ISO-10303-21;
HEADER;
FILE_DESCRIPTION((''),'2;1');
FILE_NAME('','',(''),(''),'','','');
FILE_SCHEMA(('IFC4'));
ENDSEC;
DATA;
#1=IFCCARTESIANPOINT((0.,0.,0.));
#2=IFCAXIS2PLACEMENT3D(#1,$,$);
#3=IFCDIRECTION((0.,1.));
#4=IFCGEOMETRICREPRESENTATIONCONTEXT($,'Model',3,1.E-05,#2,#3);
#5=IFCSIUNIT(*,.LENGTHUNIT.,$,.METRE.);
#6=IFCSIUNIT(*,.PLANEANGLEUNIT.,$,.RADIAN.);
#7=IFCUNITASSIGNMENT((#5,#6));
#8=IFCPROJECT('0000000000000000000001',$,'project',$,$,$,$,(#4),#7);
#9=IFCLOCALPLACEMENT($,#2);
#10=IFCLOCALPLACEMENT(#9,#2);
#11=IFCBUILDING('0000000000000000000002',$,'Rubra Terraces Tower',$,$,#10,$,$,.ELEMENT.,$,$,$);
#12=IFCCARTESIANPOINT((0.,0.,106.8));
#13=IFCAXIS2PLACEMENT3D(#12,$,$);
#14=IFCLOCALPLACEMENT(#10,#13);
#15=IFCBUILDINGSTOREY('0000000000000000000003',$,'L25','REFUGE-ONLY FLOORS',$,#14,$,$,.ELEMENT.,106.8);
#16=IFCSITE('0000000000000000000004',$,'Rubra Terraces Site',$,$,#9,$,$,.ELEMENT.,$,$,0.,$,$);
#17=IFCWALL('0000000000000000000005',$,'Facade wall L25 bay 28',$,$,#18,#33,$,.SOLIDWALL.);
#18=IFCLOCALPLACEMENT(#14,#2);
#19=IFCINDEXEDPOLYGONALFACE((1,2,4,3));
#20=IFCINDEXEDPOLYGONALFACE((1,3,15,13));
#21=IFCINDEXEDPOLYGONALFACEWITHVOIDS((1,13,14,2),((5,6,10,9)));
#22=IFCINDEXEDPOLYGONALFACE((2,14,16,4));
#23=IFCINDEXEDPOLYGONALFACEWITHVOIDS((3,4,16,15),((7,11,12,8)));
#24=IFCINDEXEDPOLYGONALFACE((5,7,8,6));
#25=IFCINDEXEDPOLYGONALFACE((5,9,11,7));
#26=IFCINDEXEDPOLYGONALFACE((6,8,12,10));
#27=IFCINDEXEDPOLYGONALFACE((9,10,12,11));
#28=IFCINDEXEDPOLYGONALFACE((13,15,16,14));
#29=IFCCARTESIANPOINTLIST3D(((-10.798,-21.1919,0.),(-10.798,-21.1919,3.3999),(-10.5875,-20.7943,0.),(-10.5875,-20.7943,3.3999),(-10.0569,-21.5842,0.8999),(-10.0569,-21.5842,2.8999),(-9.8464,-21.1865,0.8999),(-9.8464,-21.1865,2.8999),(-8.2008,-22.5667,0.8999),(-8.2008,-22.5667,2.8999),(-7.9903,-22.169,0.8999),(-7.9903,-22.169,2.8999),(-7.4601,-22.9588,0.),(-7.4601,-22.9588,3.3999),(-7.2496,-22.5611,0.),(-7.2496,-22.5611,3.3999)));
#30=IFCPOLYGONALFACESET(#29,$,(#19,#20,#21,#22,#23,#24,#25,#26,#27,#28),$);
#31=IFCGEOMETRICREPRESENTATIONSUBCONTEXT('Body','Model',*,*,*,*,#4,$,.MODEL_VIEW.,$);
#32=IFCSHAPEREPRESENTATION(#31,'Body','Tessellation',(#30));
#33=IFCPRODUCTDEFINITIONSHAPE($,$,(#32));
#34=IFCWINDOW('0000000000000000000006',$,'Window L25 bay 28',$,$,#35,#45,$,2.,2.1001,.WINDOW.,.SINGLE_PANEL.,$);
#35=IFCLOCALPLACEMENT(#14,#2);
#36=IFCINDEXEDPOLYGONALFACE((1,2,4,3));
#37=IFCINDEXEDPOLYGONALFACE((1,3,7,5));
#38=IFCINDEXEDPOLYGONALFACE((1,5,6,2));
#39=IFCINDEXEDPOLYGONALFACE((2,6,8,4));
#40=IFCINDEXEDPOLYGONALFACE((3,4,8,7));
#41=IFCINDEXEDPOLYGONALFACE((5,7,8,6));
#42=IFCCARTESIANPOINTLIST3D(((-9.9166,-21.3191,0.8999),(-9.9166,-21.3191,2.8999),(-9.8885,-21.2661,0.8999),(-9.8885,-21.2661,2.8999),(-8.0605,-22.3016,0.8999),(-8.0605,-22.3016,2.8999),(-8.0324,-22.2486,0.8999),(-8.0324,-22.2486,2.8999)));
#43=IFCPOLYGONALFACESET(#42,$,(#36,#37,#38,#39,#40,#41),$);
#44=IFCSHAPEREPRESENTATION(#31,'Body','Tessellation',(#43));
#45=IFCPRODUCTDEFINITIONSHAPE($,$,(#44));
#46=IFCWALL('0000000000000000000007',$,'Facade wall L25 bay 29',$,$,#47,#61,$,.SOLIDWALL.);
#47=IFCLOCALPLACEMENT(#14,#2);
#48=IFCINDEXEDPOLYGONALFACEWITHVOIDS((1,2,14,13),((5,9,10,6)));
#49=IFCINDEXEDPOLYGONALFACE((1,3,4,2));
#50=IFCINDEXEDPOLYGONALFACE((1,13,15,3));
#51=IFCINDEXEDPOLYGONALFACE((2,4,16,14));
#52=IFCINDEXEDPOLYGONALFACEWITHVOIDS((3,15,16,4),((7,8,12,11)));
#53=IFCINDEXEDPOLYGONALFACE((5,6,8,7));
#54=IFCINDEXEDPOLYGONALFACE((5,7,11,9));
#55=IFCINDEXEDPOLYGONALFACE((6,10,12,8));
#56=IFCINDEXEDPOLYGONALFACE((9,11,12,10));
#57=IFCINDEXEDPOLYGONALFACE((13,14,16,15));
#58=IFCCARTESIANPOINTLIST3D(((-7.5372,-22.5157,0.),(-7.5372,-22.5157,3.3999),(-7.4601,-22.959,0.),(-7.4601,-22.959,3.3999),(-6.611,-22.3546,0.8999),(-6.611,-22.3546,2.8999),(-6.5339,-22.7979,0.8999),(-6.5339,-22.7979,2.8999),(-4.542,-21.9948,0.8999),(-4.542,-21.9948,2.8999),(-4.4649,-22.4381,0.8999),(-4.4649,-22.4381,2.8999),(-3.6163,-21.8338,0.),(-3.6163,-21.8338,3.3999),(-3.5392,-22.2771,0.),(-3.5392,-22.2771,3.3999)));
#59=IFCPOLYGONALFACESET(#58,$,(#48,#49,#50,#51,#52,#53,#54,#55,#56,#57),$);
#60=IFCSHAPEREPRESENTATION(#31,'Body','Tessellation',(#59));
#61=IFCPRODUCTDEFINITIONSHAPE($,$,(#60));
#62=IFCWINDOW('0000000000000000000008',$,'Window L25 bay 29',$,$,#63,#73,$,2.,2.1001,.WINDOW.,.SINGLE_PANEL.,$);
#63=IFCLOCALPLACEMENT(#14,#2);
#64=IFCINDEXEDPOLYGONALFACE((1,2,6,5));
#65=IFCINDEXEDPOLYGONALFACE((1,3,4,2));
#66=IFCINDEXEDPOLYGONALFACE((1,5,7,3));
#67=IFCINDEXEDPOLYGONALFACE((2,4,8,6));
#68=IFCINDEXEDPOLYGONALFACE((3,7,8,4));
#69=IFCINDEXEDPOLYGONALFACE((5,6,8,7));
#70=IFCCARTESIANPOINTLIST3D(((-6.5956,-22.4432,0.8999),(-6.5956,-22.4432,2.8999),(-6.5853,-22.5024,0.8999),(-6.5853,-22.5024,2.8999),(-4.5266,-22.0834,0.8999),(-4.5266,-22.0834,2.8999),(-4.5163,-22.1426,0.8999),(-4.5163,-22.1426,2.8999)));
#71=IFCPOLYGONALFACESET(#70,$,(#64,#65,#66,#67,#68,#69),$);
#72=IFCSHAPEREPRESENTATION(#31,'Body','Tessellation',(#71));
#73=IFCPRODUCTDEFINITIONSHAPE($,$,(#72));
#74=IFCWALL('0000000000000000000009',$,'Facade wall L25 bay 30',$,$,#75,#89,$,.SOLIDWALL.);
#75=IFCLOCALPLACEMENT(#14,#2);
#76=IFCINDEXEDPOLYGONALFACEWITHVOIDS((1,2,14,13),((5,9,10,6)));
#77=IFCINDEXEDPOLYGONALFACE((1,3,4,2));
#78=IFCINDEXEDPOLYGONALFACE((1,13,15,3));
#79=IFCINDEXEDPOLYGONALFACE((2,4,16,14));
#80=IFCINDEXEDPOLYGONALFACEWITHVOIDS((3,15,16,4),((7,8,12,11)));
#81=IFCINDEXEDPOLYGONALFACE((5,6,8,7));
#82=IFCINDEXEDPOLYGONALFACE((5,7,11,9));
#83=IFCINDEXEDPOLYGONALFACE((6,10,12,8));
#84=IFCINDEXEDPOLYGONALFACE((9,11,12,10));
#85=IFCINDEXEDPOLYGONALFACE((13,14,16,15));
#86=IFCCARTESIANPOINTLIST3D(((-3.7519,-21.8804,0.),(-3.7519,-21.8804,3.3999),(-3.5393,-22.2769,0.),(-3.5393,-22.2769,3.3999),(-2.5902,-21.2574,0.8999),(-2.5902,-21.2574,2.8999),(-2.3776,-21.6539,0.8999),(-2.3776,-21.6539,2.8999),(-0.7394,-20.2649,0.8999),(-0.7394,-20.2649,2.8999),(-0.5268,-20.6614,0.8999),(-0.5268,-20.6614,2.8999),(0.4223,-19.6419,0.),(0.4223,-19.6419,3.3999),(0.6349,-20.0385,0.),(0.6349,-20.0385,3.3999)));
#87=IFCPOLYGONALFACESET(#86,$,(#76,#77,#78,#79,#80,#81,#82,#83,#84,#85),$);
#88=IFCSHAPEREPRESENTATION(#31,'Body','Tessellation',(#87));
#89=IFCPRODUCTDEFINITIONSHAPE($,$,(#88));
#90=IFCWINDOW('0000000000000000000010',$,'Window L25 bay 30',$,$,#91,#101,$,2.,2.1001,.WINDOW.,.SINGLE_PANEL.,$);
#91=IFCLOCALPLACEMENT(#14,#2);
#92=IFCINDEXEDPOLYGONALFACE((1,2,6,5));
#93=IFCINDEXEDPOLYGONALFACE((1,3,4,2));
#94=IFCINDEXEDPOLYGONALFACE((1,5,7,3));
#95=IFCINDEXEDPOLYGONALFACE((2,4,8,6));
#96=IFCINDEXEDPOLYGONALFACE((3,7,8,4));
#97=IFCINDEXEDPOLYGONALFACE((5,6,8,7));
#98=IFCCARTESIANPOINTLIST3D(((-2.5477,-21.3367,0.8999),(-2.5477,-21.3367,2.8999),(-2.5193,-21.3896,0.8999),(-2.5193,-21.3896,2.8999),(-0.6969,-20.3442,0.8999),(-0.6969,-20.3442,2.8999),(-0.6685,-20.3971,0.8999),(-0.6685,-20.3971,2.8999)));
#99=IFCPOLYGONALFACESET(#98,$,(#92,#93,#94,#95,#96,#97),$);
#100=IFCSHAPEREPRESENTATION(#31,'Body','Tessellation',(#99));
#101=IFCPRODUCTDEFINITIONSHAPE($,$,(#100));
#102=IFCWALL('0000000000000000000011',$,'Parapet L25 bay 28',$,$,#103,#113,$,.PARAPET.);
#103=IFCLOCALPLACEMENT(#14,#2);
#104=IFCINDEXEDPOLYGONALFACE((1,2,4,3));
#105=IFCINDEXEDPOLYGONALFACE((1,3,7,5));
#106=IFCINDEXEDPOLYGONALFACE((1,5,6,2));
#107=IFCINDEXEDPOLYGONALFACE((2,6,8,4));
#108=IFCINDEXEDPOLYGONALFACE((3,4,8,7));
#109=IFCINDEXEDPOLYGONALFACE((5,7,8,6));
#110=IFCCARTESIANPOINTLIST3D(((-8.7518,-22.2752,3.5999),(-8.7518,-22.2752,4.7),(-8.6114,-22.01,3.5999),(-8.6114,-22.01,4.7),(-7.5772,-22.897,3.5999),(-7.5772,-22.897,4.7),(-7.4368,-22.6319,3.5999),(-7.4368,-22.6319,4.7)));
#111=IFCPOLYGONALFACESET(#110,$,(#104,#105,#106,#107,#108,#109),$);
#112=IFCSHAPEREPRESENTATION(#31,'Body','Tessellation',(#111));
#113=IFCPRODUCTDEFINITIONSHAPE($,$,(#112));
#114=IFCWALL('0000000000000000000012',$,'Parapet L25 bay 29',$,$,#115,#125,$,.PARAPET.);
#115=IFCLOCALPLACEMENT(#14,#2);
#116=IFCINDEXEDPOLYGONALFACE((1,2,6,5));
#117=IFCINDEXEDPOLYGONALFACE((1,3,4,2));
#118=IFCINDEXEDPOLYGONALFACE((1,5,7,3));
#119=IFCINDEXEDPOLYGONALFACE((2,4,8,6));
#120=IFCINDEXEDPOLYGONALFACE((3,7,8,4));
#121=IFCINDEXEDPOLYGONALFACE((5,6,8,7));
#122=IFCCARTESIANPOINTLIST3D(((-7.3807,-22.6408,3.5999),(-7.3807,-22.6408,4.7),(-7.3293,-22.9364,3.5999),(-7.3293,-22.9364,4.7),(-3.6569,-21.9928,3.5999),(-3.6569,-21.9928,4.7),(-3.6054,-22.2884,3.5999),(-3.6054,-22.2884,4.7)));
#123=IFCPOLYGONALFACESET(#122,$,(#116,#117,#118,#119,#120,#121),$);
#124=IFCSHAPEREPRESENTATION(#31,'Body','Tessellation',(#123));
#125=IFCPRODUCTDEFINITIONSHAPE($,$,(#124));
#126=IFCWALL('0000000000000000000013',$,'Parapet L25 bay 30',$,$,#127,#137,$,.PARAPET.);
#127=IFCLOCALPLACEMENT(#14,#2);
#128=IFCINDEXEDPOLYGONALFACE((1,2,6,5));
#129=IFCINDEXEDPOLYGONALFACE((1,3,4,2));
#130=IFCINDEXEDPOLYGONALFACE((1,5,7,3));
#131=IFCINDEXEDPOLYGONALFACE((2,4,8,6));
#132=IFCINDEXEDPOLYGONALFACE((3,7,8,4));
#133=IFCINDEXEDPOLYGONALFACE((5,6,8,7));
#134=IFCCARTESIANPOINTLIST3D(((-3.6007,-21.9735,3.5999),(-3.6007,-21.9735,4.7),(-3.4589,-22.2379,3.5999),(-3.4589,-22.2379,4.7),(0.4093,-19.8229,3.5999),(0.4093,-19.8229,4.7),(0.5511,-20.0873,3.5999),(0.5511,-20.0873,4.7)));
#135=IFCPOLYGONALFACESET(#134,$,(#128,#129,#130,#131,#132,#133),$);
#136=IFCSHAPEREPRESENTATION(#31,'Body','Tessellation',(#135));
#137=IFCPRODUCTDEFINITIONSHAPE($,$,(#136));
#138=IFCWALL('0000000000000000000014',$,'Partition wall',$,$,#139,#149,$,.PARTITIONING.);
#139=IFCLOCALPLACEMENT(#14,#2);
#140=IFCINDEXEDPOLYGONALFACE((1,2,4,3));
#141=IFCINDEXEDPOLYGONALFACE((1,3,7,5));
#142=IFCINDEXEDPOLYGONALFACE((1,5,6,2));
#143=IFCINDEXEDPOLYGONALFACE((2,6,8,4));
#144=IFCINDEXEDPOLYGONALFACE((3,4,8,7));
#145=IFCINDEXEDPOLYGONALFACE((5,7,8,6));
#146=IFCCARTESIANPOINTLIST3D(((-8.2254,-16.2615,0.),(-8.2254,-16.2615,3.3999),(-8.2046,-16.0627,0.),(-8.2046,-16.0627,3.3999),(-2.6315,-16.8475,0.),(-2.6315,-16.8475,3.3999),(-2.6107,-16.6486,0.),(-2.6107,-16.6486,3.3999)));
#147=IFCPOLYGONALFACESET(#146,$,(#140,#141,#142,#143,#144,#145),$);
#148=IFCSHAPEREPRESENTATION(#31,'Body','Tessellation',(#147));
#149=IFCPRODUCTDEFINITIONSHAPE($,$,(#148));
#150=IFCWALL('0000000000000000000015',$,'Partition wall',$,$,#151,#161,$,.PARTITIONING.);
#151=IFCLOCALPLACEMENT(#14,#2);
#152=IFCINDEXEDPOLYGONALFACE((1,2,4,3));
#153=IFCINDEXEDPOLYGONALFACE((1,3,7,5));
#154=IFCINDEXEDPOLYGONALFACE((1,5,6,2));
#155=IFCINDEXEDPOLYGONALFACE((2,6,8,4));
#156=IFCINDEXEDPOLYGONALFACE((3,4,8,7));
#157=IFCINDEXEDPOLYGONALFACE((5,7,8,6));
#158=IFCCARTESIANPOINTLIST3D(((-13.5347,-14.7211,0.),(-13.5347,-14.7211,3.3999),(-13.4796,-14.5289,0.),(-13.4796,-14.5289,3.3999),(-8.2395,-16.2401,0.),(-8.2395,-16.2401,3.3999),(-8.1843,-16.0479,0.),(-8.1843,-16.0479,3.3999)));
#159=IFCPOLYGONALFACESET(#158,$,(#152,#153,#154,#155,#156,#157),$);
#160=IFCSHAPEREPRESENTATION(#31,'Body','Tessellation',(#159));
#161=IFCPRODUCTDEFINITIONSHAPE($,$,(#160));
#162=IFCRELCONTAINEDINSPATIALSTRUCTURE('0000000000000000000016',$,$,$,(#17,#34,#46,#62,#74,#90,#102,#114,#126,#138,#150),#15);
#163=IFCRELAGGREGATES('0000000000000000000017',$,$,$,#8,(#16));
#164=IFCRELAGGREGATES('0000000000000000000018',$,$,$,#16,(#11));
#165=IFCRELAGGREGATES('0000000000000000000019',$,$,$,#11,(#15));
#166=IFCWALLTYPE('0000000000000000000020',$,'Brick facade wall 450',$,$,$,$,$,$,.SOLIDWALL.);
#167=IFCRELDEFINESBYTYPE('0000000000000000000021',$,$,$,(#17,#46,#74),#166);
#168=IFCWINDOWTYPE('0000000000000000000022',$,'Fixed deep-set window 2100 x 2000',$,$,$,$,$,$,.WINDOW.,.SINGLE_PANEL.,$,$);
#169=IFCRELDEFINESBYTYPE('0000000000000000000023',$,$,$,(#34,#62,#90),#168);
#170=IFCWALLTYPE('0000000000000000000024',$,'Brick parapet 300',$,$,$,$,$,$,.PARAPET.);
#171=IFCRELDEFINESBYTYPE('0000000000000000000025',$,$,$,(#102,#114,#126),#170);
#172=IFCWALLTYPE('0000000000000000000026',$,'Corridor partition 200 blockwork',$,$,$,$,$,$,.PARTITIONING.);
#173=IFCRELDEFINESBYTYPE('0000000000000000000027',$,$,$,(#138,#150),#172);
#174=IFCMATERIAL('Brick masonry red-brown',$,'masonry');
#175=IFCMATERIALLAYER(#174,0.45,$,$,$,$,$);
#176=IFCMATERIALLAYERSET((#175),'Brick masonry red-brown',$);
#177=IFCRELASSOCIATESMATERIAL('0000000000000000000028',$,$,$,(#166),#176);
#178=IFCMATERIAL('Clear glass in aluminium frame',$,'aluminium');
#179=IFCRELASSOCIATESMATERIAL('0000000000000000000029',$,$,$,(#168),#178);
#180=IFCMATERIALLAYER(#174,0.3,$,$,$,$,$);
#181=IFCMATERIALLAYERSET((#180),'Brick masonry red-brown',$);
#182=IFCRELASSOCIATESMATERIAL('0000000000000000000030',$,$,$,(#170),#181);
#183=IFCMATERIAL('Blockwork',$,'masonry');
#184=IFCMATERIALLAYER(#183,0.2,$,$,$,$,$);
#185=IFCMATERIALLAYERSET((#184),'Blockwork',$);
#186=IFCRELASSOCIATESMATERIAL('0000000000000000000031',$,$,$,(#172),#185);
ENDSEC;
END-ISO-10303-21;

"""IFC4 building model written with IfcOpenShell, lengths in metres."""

from ifc_helpers import new_model, si_unit, direction, frame, frame_2d, origin, place, context, subcontext, project, spatial, rectangle, extrude, material, layer, layer_set, type_object, element, fill, save


model = new_model("IFC4")

# Units and contexts
model_context = context("Model", 3, precision=1e-05, world=origin(), true_north=direction((0.0, 1.0)))
body_context = subcontext(model_context, "Body", "Model", "MODEL_VIEW")
ifc_project = project(units=[si_unit("LENGTHUNIT", "METRE"), si_unit("PLANEANGLEUNIT", "RADIAN")], contexts=[model_context])

# Site, building, storey
site_placement = place(None, origin())
site = spatial("IfcSite", under=ifc_project, at=site_placement, Name="Rubra Terraces Site", CompositionType="ELEMENT", RefElevation=0.0)
building_placement = place(site_placement, origin())
building = spatial("IfcBuilding", under=site, at=building_placement, Name="Rubra Terraces Tower", CompositionType="ELEMENT")
storey_placement = place(building_placement, frame((0.0, 0.0, 106.8)))
storey = spatial("IfcBuildingStorey", under=building, at=storey_placement, Name="L25", Description="REFUGE-ONLY FLOORS", CompositionType="ELEMENT", Elevation=106.8)

# Walls, openings, windows
ifc_material_1 = material(Name="Brick masonry red-brown", Category="masonry")
ifc_layer_1 = layer(ifc_material_1, 0.45)
ifc_layer_set_1 = layer_set([ifc_layer_1], Name="Brick masonry red-brown")
wall_type_1 = type_object("IfcWallType", Name="Brick facade wall 450", PredefinedType="SOLIDWALL", material=ifc_layer_set_1)
wall_1_placement = place(storey_placement, frame((-10.6926, -20.9932, 0.0), z_axis=(0.0, 0.0, 1.0), x_axis=(0.883818, -0.467831, 0.0)))
wall_1 = element("IfcWall", 1, at=wall_1_placement, inside=storey, type_object=wall_type_1, Name="Facade wall L25 bay 28", PredefinedType="SOLIDWALL", context=body_context, shape_type="SweptSolid", body=[
    extrude(rectangle(XDim=3.7766, YDim=0.45, at=frame_2d((1.8882, 0.0))), origin(), (0.0, 0.0, 1.0), 3.3999),
])
opening_1_placement = place(wall_1_placement, frame((0.8384, 0.0, 0.8999)))
opening_1 = element("IfcOpeningElement", 2, at=opening_1_placement, cuts=wall_1, PredefinedType="OPENING", context=body_context, shape_type="SweptSolid", body=[
    extrude(rectangle(XDim=2.1001, YDim=2.0, at=frame_2d((1.05, 1.0))), frame((0.0, 0.2349, 0.0), z_axis=(0.0, -1.0, 0.0), x_axis=(1.0, 0.0, 0.0)), (0.0, 0.0, 1.0), 0.47),
])
ifc_material_2 = material(Name="Clear glass in aluminium frame", Category="aluminium")
window_type = type_object("IfcWindowType", Name="Fixed deep-set window 2100 x 2000", PartitioningType="SINGLE_PANEL", PredefinedType="WINDOW", material=ifc_material_2)
window_1_placement = place(opening_1_placement, origin())
window_1 = element("IfcWindow", 3, at=window_1_placement, inside=storey, type_object=window_type, Name="Window L25 bay 28", OverallHeight=2.0, OverallWidth=2.1001, PartitioningType="SINGLE_PANEL", PredefinedType="WINDOW", context=body_context, shape_type="SweptSolid", body=[
    extrude(rectangle(XDim=2.1001, YDim=2.0, at=frame_2d((1.05, 1.0))), frame((0.0, 0.135, 0.0), z_axis=(0.0, -1.0, 0.0), x_axis=(1.0, 0.0, 0.0)), (0.0, 0.0, 1.0), 0.0601),
])
fill(opening_1, window_1)
wall_2_placement = place(storey_placement, frame((-7.4985, -22.7373, 0.0), z_axis=(0.0, 0.0, 1.0), x_axis=(0.985212, 0.171339, 0.0)))
wall_2 = element("IfcWall", 4, at=wall_2_placement, inside=storey, type_object=wall_type_1, Name="Facade wall L25 bay 29", PredefinedType="SOLIDWALL", context=body_context, shape_type="SweptSolid", body=[
    extrude(rectangle(XDim=3.9797, YDim=0.45, at=frame_2d((1.9897, 0.0))), origin(), (0.0, 0.0, 1.0), 3.3999),
])
opening_2_placement = place(wall_2_placement, frame((0.9399, 0.0, 0.8999)))
opening_2 = element("IfcOpeningElement", 5, at=opening_2_placement, cuts=wall_2, PredefinedType="OPENING", context=body_context, shape_type="SweptSolid", body=[
    extrude(rectangle(XDim=2.1001, YDim=2.0, at=frame_2d((1.05, 1.0))), frame((0.0, 0.2349, 0.0), z_axis=(0.0, -1.0, 0.0), x_axis=(1.0, 0.0, 0.0)), (0.0, 0.0, 1.0), 0.47),
])
window_2_placement = place(opening_2_placement, origin())
window_2 = element("IfcWindow", 6, at=window_2_placement, inside=storey, type_object=window_type, Name="Window L25 bay 29", OverallHeight=2.0, OverallWidth=2.1001, PartitioningType="SINGLE_PANEL", PredefinedType="WINDOW", context=body_context, shape_type="SweptSolid", body=[
    extrude(rectangle(XDim=2.1001, YDim=2.0, at=frame_2d((1.05, 1.0))), frame((0.0, 0.135, 0.0), z_axis=(0.0, -1.0, 0.0), x_axis=(1.0, 0.0, 0.0)), (0.0, 0.0, 1.0), 0.0601),
])
fill(opening_2, window_2)
wall_3_placement = place(storey_placement, frame((-3.6455, -22.0786, 0.0), z_axis=(0.0, 0.0, 1.0), x_axis=(0.881279, 0.472596, 0.0)))
wall_3 = element("IfcWall", 7, at=wall_3_placement, inside=storey, type_object=wall_type_1, Name="Facade wall L25 bay 30", PredefinedType="SOLIDWALL", context=body_context, shape_type="SweptSolid", body=[
    extrude(rectangle(XDim=4.7366, YDim=0.45, at=frame_2d((2.3682, 0.0))), origin(), (0.0, 0.0, 1.0), 3.3999),
])
opening_3_placement = place(wall_3_placement, frame((1.3181, 0.0, 0.8999)))
opening_3 = element("IfcOpeningElement", 8, at=opening_3_placement, cuts=wall_3, PredefinedType="OPENING", context=body_context, shape_type="SweptSolid", body=[
    extrude(rectangle(XDim=2.1001, YDim=2.0, at=frame_2d((1.05, 1.0))), frame((0.0, 0.2349, 0.0), z_axis=(0.0, -1.0, 0.0), x_axis=(1.0, 0.0, 0.0)), (0.0, 0.0, 1.0), 0.47),
])
window_3_placement = place(opening_3_placement, origin())
window_3 = element("IfcWindow", 9, at=window_3_placement, inside=storey, type_object=window_type, Name="Window L25 bay 30", OverallHeight=2.0, OverallWidth=2.1001, PartitioningType="SINGLE_PANEL", PredefinedType="WINDOW", context=body_context, shape_type="SweptSolid", body=[
    extrude(rectangle(XDim=2.1001, YDim=2.0, at=frame_2d((1.05, 1.0))), frame((0.0, 0.135, 0.0), z_axis=(0.0, -1.0, 0.0), x_axis=(1.0, 0.0, 0.0)), (0.0, 0.0, 1.0), 0.0601),
])
fill(opening_3, window_3)

# Walls
ifc_layer_2 = layer(ifc_material_1, 0.3)
ifc_layer_set_2 = layer_set([ifc_layer_2], Name="Brick masonry red-brown")
wall_type_2 = type_object("IfcWallType", Name="Brick parapet 300", PredefinedType="PARAPET", material=ifc_layer_set_2)
wall_4_placement = place(storey_placement, frame((-8.6816, -22.1426, 3.5999), z_axis=(0.0, 0.0, 1.0), x_axis=(0.883788, -0.467888, 0.0)))
element("IfcWall", 10, at=wall_4_placement, inside=storey, type_object=wall_type_2, Name="Parapet L25 bay 28", PredefinedType="PARAPET", context=body_context, shape_type="SweptSolid", body=[
    extrude(rectangle(XDim=1.3291, YDim=0.3, at=frame_2d((0.6646, 0.0))), origin(), (0.0, 0.0, 1.0), 1.1001),
])
wall_5_placement = place(storey_placement, frame((-7.355, -22.7886, 3.5999), z_axis=(0.0, 0.0, 1.0), x_axis=(0.985198, 0.171423, 0.0)))
element("IfcWall", 11, at=wall_5_placement, inside=storey, type_object=wall_type_2, Name="Parapet L25 bay 29", PredefinedType="PARAPET", context=body_context, shape_type="SweptSolid", body=[
    extrude(rectangle(XDim=3.7798, YDim=0.3, at=frame_2d((1.8899, 0.0))), origin(), (0.0, 0.0, 1.0), 1.1001),
])
wall_6_placement = place(storey_placement, frame((-3.5298, -22.1057, 3.5999), z_axis=(0.0, 0.0, 1.0), x_axis=(0.881259, 0.472634, 0.0)))
element("IfcWall", 12, at=wall_6_placement, inside=storey, type_object=wall_type_2, Name="Parapet L25 bay 30", PredefinedType="PARAPET", context=body_context, shape_type="SweptSolid", body=[
    extrude(rectangle(XDim=4.5503, YDim=0.3, at=frame_2d((2.2751, 0.0))), origin(), (0.0, 0.0, 1.0), 1.1001),
])
ifc_material_3 = material(Name="Blockwork", Category="masonry")
ifc_layer_3 = layer(ifc_material_3, 0.2)
ifc_layer_set_3 = layer_set([ifc_layer_3], Name="Blockwork")
wall_type_3 = type_object("IfcWallType", Name="Corridor partition 200 blockwork", PredefinedType="PARTITIONING", material=ifc_layer_set_3)
wall_7_placement = place(storey_placement, frame((-2.6211, -16.748, 0.0), z_axis=(0.0, 0.0, 1.0), x_axis=(-0.994559, 0.104174, 0.0)))
element("IfcWall", 13, at=wall_7_placement, inside=storey, type_object=wall_type_3, Name="Partition wall", PredefinedType="PARTITIONING", context=body_context, shape_type="SweptSolid", body=[
    extrude(rectangle(XDim=5.6245, YDim=0.2, at=frame_2d((2.8123, 0.0))), origin(), (0.0, 0.0, 1.0), 3.3999),
])
wall_8_placement = place(storey_placement, frame((-8.2119, -16.144, 0.0), z_axis=(0.0, 0.0, 1.0), x_axis=(-0.961229, 0.275751, 0.0)))
element("IfcWall", 14, at=wall_8_placement, inside=storey, type_object=wall_type_3, Name="Partition wall", PredefinedType="PARTITIONING", context=body_context, shape_type="SweptSolid", body=[
    extrude(rectangle(XDim=5.5088, YDim=0.2, at=frame_2d((2.7544, 0.0))), origin(), (0.0, 0.0, 1.0), 3.3999),
])

save(model, "model.ifc")
